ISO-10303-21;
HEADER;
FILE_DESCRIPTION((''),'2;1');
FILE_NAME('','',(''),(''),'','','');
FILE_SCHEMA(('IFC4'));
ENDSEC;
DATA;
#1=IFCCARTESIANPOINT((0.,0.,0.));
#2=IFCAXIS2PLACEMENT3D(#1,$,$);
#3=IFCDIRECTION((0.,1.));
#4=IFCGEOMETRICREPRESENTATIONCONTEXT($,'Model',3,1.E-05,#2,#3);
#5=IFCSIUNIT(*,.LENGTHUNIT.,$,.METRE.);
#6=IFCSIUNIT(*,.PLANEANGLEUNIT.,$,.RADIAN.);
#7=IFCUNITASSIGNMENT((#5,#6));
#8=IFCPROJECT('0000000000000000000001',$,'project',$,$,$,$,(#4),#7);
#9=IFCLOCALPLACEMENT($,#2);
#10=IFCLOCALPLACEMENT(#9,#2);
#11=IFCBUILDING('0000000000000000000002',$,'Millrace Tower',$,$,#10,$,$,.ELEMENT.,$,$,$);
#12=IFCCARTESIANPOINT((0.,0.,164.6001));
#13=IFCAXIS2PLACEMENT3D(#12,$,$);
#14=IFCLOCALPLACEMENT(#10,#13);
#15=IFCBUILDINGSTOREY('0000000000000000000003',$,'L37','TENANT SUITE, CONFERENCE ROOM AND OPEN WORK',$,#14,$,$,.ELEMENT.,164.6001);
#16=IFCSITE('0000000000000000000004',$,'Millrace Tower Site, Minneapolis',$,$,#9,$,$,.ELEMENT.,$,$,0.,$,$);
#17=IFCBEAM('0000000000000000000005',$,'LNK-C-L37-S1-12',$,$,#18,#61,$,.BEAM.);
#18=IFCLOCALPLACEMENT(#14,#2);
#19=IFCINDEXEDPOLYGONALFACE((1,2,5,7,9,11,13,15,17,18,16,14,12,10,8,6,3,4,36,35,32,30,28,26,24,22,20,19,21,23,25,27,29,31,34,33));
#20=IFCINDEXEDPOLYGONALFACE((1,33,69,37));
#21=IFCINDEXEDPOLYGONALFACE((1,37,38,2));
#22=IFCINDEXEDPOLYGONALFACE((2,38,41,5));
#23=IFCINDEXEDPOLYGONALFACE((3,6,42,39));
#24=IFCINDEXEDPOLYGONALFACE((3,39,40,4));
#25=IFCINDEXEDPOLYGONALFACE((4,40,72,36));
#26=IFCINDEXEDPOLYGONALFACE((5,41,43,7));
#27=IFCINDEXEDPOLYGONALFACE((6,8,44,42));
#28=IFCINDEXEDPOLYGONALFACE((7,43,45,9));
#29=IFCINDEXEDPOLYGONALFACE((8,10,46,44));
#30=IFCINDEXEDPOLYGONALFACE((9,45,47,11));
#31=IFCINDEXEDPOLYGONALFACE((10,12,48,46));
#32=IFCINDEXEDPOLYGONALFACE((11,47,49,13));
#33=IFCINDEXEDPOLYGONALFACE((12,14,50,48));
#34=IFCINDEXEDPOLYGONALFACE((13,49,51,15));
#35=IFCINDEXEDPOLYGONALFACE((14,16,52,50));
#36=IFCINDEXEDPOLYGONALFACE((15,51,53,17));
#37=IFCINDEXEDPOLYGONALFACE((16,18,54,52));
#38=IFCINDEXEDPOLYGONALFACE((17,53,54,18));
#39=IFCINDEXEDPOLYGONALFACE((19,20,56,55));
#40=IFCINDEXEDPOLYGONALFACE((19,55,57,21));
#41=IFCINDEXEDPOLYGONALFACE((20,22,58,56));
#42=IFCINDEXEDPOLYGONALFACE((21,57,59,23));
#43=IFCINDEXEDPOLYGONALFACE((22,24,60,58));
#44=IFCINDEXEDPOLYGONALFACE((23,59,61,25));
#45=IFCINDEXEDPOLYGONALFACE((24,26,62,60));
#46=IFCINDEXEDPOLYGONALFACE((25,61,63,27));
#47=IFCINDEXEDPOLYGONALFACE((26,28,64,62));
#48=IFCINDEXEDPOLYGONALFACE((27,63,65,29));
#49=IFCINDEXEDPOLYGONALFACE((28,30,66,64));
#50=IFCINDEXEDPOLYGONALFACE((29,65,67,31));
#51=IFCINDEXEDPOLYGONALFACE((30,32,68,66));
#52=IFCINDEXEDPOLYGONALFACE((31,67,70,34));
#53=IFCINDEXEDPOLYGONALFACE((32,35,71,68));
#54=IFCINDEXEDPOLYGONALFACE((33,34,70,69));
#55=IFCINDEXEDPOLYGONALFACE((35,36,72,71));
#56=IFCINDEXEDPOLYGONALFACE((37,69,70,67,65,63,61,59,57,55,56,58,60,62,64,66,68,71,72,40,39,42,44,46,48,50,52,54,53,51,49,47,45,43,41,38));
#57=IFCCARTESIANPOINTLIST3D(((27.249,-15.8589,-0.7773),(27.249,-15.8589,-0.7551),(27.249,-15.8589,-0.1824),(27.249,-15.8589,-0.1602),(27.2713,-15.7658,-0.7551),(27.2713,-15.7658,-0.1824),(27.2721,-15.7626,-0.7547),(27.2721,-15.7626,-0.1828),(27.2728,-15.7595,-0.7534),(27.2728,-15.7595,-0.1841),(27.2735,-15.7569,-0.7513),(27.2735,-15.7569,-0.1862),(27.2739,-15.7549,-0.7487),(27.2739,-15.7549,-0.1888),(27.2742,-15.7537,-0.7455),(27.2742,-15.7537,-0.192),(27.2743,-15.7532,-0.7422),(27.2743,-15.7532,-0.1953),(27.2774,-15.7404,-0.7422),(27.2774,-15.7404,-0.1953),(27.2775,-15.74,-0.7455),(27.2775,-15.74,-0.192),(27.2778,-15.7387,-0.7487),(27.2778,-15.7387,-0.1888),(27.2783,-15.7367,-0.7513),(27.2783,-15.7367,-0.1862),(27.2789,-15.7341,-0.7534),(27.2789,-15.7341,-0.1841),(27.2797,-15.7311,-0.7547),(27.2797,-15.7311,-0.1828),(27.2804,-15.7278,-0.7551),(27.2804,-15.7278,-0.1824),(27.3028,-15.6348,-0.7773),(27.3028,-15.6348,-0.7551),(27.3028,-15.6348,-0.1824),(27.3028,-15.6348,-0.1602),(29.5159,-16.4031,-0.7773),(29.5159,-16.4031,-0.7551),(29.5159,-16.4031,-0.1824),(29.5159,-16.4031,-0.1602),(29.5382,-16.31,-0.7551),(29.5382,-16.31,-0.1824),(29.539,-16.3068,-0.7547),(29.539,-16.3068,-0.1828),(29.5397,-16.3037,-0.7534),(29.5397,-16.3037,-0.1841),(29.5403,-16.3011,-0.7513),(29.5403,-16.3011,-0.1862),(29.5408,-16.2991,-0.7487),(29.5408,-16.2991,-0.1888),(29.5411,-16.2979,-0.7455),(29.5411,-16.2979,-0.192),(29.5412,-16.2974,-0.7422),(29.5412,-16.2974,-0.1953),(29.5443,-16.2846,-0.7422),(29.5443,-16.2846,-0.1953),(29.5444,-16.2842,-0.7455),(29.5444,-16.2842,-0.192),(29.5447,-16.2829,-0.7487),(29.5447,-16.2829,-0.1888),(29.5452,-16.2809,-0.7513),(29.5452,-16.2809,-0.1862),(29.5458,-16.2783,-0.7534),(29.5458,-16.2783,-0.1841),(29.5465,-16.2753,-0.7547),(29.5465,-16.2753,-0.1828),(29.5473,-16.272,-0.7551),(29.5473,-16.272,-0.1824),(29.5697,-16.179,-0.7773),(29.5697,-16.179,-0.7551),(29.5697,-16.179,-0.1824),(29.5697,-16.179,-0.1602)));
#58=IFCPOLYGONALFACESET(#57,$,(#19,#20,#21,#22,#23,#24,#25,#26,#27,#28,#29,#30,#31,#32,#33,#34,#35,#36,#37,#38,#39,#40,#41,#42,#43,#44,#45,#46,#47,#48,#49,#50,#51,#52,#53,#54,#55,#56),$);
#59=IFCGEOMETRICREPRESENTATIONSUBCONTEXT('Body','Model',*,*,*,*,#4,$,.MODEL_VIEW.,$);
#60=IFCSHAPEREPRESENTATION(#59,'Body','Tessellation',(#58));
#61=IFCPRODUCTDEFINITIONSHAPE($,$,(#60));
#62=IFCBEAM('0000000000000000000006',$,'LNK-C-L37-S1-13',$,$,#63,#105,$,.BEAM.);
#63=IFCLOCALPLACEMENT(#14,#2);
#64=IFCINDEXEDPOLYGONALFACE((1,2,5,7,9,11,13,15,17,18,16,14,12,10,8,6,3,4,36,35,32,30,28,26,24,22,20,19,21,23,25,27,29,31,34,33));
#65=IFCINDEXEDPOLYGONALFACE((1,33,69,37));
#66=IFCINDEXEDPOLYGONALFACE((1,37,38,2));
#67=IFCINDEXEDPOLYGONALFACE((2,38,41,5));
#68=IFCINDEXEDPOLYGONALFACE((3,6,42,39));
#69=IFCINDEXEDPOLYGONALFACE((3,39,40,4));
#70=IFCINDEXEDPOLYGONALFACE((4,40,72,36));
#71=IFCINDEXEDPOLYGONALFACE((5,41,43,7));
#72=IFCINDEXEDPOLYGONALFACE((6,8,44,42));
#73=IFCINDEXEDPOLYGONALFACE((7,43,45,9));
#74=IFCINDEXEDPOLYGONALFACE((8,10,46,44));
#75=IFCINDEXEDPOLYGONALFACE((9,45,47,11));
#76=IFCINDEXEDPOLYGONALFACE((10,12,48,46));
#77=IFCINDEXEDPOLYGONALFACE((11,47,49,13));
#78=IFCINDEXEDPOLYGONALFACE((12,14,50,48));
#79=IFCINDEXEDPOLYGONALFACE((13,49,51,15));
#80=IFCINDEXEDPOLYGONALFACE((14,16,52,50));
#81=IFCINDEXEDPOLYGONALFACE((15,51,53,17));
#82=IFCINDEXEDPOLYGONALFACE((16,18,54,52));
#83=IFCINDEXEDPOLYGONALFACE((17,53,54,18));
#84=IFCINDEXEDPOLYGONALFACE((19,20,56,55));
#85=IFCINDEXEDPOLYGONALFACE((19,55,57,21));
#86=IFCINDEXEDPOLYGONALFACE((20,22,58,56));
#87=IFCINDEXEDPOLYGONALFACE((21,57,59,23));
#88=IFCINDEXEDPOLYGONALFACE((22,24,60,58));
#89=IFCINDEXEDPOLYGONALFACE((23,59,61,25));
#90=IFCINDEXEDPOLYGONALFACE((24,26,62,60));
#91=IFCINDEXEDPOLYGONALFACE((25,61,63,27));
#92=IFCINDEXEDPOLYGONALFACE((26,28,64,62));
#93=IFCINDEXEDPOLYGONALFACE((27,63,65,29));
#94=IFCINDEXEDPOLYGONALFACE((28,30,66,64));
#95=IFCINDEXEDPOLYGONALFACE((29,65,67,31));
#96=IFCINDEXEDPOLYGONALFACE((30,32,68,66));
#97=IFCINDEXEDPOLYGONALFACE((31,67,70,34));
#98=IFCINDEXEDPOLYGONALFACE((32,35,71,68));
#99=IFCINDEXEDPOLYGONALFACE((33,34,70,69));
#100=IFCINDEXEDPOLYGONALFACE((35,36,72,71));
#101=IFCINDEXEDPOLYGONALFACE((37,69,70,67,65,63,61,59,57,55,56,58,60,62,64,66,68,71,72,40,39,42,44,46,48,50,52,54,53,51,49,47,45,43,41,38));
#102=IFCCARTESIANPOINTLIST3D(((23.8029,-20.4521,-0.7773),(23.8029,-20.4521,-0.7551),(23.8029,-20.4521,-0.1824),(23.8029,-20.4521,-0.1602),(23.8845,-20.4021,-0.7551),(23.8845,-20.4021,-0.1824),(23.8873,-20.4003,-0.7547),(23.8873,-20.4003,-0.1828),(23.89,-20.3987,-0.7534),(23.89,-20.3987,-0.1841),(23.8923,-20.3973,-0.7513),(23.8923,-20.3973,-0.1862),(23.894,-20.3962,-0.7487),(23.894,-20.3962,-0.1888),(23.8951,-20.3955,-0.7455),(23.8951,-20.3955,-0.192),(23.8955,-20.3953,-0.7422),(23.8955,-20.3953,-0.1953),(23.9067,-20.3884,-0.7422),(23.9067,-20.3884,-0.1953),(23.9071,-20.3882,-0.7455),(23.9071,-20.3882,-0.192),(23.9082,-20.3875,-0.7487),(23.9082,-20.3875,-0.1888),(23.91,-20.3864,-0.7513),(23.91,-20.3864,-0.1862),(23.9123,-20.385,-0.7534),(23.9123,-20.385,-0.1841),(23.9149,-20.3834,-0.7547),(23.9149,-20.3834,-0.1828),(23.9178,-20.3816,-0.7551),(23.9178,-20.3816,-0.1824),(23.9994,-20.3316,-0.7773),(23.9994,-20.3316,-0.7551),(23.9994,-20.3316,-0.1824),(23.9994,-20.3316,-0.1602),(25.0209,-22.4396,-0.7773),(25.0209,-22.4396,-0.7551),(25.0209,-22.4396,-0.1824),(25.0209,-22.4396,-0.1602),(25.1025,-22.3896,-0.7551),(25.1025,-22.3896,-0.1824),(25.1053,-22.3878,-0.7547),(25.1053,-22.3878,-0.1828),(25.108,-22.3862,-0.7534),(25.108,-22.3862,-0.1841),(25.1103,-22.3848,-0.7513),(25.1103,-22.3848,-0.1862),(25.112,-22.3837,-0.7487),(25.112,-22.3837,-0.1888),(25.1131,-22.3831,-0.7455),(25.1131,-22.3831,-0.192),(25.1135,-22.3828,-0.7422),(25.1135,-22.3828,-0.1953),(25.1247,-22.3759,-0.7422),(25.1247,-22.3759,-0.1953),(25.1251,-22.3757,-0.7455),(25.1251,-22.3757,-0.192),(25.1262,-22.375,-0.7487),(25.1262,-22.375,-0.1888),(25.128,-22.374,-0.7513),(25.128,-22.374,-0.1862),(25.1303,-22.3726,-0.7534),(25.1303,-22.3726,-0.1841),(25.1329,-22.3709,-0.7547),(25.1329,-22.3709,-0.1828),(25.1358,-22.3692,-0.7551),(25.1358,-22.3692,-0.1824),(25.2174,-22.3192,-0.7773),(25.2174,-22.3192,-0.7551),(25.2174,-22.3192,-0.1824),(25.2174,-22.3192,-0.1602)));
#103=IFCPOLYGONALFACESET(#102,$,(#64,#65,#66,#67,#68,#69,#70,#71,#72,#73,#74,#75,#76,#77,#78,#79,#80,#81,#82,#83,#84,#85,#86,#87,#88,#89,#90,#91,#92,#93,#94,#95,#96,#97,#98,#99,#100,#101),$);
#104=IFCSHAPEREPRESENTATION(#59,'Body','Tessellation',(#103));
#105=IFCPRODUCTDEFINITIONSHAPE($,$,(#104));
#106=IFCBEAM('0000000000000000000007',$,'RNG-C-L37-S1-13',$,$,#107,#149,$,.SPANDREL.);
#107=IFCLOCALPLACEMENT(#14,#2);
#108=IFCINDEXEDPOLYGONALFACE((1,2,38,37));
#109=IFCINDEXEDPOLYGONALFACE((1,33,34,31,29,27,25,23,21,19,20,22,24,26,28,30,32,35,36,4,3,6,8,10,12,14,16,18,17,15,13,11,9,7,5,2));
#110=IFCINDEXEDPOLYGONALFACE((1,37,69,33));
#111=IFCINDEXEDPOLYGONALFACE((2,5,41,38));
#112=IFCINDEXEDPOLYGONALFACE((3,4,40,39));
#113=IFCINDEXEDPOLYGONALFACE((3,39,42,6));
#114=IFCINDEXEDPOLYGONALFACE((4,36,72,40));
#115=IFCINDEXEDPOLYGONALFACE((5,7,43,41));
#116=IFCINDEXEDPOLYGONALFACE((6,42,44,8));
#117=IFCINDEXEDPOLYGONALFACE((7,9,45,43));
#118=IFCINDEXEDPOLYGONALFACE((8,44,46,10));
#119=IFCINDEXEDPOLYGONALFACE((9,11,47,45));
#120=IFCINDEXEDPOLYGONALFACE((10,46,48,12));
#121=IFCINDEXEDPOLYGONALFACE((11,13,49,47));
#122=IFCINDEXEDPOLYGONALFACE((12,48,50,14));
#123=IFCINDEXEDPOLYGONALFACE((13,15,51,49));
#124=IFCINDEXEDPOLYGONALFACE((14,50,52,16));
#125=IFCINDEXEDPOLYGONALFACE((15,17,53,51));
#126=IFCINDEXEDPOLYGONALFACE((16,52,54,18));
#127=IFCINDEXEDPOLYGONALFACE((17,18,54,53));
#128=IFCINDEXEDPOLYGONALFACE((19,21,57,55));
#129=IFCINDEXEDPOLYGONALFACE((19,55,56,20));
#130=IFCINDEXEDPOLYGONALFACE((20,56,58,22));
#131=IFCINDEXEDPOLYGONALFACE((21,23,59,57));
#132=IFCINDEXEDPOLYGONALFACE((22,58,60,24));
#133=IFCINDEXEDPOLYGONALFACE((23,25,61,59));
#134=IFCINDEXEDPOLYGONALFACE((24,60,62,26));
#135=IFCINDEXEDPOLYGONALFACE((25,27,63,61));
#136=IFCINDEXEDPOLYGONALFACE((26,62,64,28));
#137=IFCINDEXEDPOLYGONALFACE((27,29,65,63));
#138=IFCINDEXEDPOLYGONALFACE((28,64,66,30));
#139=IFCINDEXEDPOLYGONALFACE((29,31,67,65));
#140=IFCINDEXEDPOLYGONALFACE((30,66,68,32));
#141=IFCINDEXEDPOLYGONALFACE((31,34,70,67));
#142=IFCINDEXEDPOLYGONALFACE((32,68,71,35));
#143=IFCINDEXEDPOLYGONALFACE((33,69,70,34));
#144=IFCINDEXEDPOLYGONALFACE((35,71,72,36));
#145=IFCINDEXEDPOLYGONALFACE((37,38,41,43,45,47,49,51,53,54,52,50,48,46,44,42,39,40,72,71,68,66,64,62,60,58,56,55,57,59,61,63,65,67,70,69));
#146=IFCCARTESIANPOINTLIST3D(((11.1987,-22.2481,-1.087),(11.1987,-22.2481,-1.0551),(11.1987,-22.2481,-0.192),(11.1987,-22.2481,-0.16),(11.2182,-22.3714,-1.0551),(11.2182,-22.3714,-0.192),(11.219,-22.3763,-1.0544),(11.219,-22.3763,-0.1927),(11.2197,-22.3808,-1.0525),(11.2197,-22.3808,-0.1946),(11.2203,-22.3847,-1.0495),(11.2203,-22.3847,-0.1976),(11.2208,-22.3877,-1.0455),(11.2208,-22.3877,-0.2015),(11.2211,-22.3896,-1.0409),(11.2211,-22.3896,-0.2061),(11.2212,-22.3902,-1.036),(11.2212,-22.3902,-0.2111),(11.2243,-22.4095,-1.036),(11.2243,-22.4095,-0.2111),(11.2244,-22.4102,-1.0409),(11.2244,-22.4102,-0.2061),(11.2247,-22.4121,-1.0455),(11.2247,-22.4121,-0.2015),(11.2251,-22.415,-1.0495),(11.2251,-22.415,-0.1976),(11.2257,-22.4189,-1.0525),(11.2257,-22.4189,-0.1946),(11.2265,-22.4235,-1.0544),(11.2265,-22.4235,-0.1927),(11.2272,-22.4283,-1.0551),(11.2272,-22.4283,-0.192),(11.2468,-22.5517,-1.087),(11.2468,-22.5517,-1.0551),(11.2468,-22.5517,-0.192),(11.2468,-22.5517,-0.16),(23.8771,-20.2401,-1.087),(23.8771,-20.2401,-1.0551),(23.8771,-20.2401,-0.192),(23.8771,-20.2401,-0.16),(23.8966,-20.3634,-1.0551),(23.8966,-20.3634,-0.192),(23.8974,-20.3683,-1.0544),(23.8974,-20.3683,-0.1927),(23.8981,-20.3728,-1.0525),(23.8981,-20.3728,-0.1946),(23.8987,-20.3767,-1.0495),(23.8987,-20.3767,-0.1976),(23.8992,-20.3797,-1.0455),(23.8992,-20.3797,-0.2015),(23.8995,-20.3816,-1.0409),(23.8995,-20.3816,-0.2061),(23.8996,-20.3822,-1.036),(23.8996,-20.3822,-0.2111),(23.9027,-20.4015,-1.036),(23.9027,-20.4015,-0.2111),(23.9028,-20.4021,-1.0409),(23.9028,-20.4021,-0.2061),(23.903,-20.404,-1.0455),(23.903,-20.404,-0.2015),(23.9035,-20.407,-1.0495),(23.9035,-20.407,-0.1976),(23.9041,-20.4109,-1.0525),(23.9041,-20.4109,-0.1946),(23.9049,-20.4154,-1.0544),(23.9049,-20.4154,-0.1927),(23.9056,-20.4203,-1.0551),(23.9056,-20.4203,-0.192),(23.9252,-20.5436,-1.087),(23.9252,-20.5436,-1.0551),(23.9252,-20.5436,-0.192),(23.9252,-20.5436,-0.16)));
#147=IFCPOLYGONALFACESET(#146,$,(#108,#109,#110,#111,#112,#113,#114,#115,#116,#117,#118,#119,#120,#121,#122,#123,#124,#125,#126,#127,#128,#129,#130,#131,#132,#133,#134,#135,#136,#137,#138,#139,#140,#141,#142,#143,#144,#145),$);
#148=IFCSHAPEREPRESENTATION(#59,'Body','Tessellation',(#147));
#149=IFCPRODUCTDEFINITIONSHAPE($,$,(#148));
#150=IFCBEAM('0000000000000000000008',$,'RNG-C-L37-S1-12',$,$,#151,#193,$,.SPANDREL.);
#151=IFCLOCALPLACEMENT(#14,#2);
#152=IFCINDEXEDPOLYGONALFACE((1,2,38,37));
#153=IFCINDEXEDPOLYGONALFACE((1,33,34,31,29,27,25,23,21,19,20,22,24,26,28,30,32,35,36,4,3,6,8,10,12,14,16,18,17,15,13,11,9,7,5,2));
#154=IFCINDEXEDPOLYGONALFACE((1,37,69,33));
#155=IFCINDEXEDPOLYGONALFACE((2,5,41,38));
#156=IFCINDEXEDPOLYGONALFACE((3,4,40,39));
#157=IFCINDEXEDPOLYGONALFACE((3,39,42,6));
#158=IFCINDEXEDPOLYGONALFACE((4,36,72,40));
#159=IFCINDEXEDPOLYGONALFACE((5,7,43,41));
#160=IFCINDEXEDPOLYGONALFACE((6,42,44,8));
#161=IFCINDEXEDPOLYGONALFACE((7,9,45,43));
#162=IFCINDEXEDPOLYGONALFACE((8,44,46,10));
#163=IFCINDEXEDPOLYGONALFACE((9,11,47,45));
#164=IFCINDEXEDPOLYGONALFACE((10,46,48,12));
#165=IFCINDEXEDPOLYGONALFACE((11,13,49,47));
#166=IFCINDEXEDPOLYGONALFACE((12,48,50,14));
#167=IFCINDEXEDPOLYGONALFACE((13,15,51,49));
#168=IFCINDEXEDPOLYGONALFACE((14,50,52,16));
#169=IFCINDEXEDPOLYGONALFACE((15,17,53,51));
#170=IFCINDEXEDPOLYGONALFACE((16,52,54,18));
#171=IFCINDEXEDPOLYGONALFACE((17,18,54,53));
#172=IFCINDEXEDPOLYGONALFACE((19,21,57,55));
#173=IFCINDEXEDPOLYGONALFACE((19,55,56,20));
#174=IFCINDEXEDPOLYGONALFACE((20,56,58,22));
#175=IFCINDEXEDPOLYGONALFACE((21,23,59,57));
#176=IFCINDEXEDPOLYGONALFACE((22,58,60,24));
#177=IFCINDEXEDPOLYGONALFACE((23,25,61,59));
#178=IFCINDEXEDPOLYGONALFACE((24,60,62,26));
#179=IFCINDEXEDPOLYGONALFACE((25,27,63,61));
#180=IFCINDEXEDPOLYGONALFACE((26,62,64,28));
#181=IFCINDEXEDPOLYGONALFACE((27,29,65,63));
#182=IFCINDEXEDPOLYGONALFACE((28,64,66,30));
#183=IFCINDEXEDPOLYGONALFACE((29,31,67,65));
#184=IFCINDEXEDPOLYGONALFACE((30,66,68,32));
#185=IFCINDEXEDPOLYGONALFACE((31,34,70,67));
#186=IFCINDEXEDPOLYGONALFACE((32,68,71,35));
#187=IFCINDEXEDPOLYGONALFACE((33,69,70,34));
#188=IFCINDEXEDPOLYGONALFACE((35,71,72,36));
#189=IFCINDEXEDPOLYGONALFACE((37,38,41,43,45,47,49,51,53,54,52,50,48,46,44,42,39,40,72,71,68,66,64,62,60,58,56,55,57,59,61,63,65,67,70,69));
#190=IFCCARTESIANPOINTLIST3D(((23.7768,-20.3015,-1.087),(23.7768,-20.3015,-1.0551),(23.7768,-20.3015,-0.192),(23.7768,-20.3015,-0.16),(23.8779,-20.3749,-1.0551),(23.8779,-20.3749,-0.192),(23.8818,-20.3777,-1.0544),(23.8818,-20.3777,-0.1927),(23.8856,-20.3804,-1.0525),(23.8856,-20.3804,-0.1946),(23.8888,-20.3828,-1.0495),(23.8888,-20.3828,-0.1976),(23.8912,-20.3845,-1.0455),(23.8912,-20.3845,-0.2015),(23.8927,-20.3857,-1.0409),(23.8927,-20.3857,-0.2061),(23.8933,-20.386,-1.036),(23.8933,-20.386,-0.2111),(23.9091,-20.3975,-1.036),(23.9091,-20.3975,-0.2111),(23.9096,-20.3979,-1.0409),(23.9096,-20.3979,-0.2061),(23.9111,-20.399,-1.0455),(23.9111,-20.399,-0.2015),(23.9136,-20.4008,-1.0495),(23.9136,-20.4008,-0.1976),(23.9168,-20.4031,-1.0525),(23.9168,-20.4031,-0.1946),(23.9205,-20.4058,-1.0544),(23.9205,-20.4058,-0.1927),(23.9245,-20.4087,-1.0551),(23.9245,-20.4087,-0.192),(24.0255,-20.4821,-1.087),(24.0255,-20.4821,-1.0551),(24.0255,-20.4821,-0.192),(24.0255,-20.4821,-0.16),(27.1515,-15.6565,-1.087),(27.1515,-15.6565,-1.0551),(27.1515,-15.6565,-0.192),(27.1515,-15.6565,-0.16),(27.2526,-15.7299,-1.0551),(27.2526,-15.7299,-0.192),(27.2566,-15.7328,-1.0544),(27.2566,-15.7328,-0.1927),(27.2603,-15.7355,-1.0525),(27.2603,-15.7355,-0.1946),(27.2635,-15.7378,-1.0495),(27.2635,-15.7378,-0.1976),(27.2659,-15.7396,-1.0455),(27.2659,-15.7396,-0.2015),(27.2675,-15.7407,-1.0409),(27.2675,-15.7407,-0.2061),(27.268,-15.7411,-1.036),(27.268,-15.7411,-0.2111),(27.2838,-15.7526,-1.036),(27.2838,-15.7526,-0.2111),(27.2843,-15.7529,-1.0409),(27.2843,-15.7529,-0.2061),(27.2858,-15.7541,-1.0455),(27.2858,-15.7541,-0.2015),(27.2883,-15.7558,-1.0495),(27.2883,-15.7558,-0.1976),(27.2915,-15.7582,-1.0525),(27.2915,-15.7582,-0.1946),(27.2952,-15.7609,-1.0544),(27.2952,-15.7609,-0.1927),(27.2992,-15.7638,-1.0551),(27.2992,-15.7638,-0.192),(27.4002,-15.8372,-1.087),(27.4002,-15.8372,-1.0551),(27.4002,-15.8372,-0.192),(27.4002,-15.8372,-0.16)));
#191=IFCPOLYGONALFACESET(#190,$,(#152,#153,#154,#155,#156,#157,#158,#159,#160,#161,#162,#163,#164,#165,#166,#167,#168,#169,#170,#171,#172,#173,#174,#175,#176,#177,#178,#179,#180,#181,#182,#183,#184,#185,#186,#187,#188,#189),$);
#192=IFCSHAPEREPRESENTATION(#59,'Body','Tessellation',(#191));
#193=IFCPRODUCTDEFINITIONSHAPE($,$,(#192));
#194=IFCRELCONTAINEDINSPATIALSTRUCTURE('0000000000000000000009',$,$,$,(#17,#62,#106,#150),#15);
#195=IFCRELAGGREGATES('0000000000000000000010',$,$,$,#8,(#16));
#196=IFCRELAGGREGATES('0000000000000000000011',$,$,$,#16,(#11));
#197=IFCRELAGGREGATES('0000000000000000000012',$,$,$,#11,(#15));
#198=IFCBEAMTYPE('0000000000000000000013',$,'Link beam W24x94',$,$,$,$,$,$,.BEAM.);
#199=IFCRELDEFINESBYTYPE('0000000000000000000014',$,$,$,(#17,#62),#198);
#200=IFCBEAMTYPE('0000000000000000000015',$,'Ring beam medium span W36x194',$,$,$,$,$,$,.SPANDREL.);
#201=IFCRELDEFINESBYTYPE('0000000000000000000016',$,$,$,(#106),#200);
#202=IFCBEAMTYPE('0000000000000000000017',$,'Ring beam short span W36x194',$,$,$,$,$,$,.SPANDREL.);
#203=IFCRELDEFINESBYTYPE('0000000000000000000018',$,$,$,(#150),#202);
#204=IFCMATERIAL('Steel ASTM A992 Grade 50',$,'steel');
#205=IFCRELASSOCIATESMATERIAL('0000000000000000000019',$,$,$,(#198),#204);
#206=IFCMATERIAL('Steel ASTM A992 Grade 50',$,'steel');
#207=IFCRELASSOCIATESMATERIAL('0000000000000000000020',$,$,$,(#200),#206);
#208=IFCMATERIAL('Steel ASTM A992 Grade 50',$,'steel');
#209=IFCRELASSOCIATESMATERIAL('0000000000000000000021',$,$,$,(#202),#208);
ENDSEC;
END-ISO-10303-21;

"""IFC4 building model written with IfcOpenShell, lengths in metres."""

from ifc_helpers import new_model, si_unit, direction, frame, origin, origin_2d, place, context, subcontext, project, spatial, i_section, extrude, material, material_profile, profile_set, type_object, element, save


model = new_model("IFC4")

# Units and contexts
model_context = context("Model", 3, precision=1e-05, world=origin(), true_north=direction((0.0, 1.0)))
body_context = subcontext(model_context, "Body", "Model", "MODEL_VIEW")
ifc_project = project(units=[si_unit("LENGTHUNIT", "METRE"), si_unit("PLANEANGLEUNIT", "RADIAN")], contexts=[model_context])

# Site, building, storey
site_placement = place(None, origin())
site = spatial("IfcSite", under=ifc_project, at=site_placement, Name="Millrace Tower Site, Minneapolis", CompositionType="ELEMENT", RefElevation=0.0)
building_placement = place(site_placement, origin())
building = spatial("IfcBuilding", under=site, at=building_placement, Name="Millrace Tower", CompositionType="ELEMENT")
storey_placement = place(building_placement, frame((0.0, 0.0, 164.6001)))
storey = spatial("IfcBuildingStorey", under=building, at=storey_placement, Name="L37", Description="TENANT SUITE, CONFERENCE ROOM AND OPEN WORK", CompositionType="ELEMENT", Elevation=164.6001)

# Beams
ifc_material_1 = material(Name="Steel ASTM A992 Grade 50", Category="steel")
ifc_material_profile_1 = material_profile(ifc_material_1, i_section(OverallWidth=0.2305, OverallDepth=0.6172, WebThickness=0.0132, FlangeThickness=0.0222, FilletRadius=0.0129, at=origin_2d()))
ifc_profile_set_1 = profile_set([ifc_material_profile_1], Name="Steel ASTM A992 Grade 50")
beam_type_1 = type_object("IfcBeamType", Name="Link beam W24x94", PredefinedType="BEAM", material=ifc_profile_set_1)
beam_1_placement = place(storey_placement, frame((27.2759, -15.7468, -0.4688), z_axis=(0.972373, -0.233432, 0.0), x_axis=(0.233432, 0.972373, 0.0)))
element("IfcBeam", 1, at=beam_1_placement, inside=storey, type_object=beam_type_1, Name="LNK-C-L37-S1-12", PredefinedType="BEAM", context=body_context, shape_type="SweptSolid", body=[
    extrude(i_section(OverallWidth=0.2305, OverallDepth=0.6172, WebThickness=0.0132, FlangeThickness=0.0222, FilletRadius=0.0129, at=origin_2d()), origin(), (0.0, 0.0, 1.0), 2.3313),
])
beam_2_placement = place(storey_placement, frame((23.9011, -20.3918, -0.4688), z_axis=(0.522513, -0.852631, 0.0), x_axis=(0.852631, 0.522513, 0.0)))
element("IfcBeam", 2, at=beam_2_placement, inside=storey, type_object=beam_type_1, Name="LNK-C-L37-S1-13", PredefinedType="BEAM", context=body_context, shape_type="SweptSolid", body=[
    extrude(i_section(OverallWidth=0.2305, OverallDepth=0.6172, WebThickness=0.0132, FlangeThickness=0.0222, FilletRadius=0.0129, at=origin_2d()), origin(), (0.0, 0.0, 1.0), 2.3311),
])
ifc_material_2 = material(Name="Steel ASTM A992 Grade 50", Category="steel")
ifc_material_profile_2 = material_profile(ifc_material_2, i_section(OverallWidth=0.3074, OverallDepth=0.927, WebThickness=0.0195, FlangeThickness=0.032, FilletRadius=0.019, at=origin_2d()))
ifc_profile_set_2 = profile_set([ifc_material_profile_2], Name="Steel ASTM A992 Grade 50")
beam_type_2 = type_object("IfcBeamType", Name="Ring beam medium span W36x194", PredefinedType="SPANDREL", material=ifc_profile_set_2)
beam_3_placement = place(storey_placement, frame((23.9011, -20.3918, -0.6235), z_axis=(-0.987689, -0.156433, 0.0), x_axis=(0.156433, -0.987689, 0.0)))
element("IfcBeam", 3, at=beam_3_placement, inside=storey, type_object=beam_type_2, Name="RNG-C-L37-S1-13", PredefinedType="SPANDREL", context=body_context, shape_type="SweptSolid", body=[
    extrude(i_section(OverallWidth=0.3074, OverallDepth=0.927, WebThickness=0.0195, FlangeThickness=0.032, FilletRadius=0.019, at=origin_2d()), origin(), (0.0, 0.0, 1.0), 12.8364),
])
ifc_material_3 = material(Name="Steel ASTM A992 Grade 50", Category="steel")
ifc_material_profile_3 = material_profile(ifc_material_3, i_section(OverallWidth=0.3074, OverallDepth=0.927, WebThickness=0.0195, FlangeThickness=0.032, FilletRadius=0.019, at=origin_2d()))
ifc_profile_set_3 = profile_set([ifc_material_profile_3], Name="Steel ASTM A992 Grade 50")
beam_type_3 = type_object("IfcBeamType", Name="Ring beam short span W36x194", PredefinedType="SPANDREL", material=ifc_profile_set_3)
beam_4_placement = place(storey_placement, frame((27.2759, -15.7468, -0.6235), z_axis=(-0.58778, -0.809021, 0.0), x_axis=(0.809021, -0.58778, 0.0)))
element("IfcBeam", 4, at=beam_4_placement, inside=storey, type_object=beam_type_3, Name="RNG-C-L37-S1-12", PredefinedType="SPANDREL", context=body_context, shape_type="SweptSolid", body=[
    extrude(i_section(OverallWidth=0.3074, OverallDepth=0.927, WebThickness=0.0195, FlangeThickness=0.032, FilletRadius=0.019, at=origin_2d()), origin(), (0.0, 0.0, 1.0), 5.7415),
])

save(model, "model.ifc")
